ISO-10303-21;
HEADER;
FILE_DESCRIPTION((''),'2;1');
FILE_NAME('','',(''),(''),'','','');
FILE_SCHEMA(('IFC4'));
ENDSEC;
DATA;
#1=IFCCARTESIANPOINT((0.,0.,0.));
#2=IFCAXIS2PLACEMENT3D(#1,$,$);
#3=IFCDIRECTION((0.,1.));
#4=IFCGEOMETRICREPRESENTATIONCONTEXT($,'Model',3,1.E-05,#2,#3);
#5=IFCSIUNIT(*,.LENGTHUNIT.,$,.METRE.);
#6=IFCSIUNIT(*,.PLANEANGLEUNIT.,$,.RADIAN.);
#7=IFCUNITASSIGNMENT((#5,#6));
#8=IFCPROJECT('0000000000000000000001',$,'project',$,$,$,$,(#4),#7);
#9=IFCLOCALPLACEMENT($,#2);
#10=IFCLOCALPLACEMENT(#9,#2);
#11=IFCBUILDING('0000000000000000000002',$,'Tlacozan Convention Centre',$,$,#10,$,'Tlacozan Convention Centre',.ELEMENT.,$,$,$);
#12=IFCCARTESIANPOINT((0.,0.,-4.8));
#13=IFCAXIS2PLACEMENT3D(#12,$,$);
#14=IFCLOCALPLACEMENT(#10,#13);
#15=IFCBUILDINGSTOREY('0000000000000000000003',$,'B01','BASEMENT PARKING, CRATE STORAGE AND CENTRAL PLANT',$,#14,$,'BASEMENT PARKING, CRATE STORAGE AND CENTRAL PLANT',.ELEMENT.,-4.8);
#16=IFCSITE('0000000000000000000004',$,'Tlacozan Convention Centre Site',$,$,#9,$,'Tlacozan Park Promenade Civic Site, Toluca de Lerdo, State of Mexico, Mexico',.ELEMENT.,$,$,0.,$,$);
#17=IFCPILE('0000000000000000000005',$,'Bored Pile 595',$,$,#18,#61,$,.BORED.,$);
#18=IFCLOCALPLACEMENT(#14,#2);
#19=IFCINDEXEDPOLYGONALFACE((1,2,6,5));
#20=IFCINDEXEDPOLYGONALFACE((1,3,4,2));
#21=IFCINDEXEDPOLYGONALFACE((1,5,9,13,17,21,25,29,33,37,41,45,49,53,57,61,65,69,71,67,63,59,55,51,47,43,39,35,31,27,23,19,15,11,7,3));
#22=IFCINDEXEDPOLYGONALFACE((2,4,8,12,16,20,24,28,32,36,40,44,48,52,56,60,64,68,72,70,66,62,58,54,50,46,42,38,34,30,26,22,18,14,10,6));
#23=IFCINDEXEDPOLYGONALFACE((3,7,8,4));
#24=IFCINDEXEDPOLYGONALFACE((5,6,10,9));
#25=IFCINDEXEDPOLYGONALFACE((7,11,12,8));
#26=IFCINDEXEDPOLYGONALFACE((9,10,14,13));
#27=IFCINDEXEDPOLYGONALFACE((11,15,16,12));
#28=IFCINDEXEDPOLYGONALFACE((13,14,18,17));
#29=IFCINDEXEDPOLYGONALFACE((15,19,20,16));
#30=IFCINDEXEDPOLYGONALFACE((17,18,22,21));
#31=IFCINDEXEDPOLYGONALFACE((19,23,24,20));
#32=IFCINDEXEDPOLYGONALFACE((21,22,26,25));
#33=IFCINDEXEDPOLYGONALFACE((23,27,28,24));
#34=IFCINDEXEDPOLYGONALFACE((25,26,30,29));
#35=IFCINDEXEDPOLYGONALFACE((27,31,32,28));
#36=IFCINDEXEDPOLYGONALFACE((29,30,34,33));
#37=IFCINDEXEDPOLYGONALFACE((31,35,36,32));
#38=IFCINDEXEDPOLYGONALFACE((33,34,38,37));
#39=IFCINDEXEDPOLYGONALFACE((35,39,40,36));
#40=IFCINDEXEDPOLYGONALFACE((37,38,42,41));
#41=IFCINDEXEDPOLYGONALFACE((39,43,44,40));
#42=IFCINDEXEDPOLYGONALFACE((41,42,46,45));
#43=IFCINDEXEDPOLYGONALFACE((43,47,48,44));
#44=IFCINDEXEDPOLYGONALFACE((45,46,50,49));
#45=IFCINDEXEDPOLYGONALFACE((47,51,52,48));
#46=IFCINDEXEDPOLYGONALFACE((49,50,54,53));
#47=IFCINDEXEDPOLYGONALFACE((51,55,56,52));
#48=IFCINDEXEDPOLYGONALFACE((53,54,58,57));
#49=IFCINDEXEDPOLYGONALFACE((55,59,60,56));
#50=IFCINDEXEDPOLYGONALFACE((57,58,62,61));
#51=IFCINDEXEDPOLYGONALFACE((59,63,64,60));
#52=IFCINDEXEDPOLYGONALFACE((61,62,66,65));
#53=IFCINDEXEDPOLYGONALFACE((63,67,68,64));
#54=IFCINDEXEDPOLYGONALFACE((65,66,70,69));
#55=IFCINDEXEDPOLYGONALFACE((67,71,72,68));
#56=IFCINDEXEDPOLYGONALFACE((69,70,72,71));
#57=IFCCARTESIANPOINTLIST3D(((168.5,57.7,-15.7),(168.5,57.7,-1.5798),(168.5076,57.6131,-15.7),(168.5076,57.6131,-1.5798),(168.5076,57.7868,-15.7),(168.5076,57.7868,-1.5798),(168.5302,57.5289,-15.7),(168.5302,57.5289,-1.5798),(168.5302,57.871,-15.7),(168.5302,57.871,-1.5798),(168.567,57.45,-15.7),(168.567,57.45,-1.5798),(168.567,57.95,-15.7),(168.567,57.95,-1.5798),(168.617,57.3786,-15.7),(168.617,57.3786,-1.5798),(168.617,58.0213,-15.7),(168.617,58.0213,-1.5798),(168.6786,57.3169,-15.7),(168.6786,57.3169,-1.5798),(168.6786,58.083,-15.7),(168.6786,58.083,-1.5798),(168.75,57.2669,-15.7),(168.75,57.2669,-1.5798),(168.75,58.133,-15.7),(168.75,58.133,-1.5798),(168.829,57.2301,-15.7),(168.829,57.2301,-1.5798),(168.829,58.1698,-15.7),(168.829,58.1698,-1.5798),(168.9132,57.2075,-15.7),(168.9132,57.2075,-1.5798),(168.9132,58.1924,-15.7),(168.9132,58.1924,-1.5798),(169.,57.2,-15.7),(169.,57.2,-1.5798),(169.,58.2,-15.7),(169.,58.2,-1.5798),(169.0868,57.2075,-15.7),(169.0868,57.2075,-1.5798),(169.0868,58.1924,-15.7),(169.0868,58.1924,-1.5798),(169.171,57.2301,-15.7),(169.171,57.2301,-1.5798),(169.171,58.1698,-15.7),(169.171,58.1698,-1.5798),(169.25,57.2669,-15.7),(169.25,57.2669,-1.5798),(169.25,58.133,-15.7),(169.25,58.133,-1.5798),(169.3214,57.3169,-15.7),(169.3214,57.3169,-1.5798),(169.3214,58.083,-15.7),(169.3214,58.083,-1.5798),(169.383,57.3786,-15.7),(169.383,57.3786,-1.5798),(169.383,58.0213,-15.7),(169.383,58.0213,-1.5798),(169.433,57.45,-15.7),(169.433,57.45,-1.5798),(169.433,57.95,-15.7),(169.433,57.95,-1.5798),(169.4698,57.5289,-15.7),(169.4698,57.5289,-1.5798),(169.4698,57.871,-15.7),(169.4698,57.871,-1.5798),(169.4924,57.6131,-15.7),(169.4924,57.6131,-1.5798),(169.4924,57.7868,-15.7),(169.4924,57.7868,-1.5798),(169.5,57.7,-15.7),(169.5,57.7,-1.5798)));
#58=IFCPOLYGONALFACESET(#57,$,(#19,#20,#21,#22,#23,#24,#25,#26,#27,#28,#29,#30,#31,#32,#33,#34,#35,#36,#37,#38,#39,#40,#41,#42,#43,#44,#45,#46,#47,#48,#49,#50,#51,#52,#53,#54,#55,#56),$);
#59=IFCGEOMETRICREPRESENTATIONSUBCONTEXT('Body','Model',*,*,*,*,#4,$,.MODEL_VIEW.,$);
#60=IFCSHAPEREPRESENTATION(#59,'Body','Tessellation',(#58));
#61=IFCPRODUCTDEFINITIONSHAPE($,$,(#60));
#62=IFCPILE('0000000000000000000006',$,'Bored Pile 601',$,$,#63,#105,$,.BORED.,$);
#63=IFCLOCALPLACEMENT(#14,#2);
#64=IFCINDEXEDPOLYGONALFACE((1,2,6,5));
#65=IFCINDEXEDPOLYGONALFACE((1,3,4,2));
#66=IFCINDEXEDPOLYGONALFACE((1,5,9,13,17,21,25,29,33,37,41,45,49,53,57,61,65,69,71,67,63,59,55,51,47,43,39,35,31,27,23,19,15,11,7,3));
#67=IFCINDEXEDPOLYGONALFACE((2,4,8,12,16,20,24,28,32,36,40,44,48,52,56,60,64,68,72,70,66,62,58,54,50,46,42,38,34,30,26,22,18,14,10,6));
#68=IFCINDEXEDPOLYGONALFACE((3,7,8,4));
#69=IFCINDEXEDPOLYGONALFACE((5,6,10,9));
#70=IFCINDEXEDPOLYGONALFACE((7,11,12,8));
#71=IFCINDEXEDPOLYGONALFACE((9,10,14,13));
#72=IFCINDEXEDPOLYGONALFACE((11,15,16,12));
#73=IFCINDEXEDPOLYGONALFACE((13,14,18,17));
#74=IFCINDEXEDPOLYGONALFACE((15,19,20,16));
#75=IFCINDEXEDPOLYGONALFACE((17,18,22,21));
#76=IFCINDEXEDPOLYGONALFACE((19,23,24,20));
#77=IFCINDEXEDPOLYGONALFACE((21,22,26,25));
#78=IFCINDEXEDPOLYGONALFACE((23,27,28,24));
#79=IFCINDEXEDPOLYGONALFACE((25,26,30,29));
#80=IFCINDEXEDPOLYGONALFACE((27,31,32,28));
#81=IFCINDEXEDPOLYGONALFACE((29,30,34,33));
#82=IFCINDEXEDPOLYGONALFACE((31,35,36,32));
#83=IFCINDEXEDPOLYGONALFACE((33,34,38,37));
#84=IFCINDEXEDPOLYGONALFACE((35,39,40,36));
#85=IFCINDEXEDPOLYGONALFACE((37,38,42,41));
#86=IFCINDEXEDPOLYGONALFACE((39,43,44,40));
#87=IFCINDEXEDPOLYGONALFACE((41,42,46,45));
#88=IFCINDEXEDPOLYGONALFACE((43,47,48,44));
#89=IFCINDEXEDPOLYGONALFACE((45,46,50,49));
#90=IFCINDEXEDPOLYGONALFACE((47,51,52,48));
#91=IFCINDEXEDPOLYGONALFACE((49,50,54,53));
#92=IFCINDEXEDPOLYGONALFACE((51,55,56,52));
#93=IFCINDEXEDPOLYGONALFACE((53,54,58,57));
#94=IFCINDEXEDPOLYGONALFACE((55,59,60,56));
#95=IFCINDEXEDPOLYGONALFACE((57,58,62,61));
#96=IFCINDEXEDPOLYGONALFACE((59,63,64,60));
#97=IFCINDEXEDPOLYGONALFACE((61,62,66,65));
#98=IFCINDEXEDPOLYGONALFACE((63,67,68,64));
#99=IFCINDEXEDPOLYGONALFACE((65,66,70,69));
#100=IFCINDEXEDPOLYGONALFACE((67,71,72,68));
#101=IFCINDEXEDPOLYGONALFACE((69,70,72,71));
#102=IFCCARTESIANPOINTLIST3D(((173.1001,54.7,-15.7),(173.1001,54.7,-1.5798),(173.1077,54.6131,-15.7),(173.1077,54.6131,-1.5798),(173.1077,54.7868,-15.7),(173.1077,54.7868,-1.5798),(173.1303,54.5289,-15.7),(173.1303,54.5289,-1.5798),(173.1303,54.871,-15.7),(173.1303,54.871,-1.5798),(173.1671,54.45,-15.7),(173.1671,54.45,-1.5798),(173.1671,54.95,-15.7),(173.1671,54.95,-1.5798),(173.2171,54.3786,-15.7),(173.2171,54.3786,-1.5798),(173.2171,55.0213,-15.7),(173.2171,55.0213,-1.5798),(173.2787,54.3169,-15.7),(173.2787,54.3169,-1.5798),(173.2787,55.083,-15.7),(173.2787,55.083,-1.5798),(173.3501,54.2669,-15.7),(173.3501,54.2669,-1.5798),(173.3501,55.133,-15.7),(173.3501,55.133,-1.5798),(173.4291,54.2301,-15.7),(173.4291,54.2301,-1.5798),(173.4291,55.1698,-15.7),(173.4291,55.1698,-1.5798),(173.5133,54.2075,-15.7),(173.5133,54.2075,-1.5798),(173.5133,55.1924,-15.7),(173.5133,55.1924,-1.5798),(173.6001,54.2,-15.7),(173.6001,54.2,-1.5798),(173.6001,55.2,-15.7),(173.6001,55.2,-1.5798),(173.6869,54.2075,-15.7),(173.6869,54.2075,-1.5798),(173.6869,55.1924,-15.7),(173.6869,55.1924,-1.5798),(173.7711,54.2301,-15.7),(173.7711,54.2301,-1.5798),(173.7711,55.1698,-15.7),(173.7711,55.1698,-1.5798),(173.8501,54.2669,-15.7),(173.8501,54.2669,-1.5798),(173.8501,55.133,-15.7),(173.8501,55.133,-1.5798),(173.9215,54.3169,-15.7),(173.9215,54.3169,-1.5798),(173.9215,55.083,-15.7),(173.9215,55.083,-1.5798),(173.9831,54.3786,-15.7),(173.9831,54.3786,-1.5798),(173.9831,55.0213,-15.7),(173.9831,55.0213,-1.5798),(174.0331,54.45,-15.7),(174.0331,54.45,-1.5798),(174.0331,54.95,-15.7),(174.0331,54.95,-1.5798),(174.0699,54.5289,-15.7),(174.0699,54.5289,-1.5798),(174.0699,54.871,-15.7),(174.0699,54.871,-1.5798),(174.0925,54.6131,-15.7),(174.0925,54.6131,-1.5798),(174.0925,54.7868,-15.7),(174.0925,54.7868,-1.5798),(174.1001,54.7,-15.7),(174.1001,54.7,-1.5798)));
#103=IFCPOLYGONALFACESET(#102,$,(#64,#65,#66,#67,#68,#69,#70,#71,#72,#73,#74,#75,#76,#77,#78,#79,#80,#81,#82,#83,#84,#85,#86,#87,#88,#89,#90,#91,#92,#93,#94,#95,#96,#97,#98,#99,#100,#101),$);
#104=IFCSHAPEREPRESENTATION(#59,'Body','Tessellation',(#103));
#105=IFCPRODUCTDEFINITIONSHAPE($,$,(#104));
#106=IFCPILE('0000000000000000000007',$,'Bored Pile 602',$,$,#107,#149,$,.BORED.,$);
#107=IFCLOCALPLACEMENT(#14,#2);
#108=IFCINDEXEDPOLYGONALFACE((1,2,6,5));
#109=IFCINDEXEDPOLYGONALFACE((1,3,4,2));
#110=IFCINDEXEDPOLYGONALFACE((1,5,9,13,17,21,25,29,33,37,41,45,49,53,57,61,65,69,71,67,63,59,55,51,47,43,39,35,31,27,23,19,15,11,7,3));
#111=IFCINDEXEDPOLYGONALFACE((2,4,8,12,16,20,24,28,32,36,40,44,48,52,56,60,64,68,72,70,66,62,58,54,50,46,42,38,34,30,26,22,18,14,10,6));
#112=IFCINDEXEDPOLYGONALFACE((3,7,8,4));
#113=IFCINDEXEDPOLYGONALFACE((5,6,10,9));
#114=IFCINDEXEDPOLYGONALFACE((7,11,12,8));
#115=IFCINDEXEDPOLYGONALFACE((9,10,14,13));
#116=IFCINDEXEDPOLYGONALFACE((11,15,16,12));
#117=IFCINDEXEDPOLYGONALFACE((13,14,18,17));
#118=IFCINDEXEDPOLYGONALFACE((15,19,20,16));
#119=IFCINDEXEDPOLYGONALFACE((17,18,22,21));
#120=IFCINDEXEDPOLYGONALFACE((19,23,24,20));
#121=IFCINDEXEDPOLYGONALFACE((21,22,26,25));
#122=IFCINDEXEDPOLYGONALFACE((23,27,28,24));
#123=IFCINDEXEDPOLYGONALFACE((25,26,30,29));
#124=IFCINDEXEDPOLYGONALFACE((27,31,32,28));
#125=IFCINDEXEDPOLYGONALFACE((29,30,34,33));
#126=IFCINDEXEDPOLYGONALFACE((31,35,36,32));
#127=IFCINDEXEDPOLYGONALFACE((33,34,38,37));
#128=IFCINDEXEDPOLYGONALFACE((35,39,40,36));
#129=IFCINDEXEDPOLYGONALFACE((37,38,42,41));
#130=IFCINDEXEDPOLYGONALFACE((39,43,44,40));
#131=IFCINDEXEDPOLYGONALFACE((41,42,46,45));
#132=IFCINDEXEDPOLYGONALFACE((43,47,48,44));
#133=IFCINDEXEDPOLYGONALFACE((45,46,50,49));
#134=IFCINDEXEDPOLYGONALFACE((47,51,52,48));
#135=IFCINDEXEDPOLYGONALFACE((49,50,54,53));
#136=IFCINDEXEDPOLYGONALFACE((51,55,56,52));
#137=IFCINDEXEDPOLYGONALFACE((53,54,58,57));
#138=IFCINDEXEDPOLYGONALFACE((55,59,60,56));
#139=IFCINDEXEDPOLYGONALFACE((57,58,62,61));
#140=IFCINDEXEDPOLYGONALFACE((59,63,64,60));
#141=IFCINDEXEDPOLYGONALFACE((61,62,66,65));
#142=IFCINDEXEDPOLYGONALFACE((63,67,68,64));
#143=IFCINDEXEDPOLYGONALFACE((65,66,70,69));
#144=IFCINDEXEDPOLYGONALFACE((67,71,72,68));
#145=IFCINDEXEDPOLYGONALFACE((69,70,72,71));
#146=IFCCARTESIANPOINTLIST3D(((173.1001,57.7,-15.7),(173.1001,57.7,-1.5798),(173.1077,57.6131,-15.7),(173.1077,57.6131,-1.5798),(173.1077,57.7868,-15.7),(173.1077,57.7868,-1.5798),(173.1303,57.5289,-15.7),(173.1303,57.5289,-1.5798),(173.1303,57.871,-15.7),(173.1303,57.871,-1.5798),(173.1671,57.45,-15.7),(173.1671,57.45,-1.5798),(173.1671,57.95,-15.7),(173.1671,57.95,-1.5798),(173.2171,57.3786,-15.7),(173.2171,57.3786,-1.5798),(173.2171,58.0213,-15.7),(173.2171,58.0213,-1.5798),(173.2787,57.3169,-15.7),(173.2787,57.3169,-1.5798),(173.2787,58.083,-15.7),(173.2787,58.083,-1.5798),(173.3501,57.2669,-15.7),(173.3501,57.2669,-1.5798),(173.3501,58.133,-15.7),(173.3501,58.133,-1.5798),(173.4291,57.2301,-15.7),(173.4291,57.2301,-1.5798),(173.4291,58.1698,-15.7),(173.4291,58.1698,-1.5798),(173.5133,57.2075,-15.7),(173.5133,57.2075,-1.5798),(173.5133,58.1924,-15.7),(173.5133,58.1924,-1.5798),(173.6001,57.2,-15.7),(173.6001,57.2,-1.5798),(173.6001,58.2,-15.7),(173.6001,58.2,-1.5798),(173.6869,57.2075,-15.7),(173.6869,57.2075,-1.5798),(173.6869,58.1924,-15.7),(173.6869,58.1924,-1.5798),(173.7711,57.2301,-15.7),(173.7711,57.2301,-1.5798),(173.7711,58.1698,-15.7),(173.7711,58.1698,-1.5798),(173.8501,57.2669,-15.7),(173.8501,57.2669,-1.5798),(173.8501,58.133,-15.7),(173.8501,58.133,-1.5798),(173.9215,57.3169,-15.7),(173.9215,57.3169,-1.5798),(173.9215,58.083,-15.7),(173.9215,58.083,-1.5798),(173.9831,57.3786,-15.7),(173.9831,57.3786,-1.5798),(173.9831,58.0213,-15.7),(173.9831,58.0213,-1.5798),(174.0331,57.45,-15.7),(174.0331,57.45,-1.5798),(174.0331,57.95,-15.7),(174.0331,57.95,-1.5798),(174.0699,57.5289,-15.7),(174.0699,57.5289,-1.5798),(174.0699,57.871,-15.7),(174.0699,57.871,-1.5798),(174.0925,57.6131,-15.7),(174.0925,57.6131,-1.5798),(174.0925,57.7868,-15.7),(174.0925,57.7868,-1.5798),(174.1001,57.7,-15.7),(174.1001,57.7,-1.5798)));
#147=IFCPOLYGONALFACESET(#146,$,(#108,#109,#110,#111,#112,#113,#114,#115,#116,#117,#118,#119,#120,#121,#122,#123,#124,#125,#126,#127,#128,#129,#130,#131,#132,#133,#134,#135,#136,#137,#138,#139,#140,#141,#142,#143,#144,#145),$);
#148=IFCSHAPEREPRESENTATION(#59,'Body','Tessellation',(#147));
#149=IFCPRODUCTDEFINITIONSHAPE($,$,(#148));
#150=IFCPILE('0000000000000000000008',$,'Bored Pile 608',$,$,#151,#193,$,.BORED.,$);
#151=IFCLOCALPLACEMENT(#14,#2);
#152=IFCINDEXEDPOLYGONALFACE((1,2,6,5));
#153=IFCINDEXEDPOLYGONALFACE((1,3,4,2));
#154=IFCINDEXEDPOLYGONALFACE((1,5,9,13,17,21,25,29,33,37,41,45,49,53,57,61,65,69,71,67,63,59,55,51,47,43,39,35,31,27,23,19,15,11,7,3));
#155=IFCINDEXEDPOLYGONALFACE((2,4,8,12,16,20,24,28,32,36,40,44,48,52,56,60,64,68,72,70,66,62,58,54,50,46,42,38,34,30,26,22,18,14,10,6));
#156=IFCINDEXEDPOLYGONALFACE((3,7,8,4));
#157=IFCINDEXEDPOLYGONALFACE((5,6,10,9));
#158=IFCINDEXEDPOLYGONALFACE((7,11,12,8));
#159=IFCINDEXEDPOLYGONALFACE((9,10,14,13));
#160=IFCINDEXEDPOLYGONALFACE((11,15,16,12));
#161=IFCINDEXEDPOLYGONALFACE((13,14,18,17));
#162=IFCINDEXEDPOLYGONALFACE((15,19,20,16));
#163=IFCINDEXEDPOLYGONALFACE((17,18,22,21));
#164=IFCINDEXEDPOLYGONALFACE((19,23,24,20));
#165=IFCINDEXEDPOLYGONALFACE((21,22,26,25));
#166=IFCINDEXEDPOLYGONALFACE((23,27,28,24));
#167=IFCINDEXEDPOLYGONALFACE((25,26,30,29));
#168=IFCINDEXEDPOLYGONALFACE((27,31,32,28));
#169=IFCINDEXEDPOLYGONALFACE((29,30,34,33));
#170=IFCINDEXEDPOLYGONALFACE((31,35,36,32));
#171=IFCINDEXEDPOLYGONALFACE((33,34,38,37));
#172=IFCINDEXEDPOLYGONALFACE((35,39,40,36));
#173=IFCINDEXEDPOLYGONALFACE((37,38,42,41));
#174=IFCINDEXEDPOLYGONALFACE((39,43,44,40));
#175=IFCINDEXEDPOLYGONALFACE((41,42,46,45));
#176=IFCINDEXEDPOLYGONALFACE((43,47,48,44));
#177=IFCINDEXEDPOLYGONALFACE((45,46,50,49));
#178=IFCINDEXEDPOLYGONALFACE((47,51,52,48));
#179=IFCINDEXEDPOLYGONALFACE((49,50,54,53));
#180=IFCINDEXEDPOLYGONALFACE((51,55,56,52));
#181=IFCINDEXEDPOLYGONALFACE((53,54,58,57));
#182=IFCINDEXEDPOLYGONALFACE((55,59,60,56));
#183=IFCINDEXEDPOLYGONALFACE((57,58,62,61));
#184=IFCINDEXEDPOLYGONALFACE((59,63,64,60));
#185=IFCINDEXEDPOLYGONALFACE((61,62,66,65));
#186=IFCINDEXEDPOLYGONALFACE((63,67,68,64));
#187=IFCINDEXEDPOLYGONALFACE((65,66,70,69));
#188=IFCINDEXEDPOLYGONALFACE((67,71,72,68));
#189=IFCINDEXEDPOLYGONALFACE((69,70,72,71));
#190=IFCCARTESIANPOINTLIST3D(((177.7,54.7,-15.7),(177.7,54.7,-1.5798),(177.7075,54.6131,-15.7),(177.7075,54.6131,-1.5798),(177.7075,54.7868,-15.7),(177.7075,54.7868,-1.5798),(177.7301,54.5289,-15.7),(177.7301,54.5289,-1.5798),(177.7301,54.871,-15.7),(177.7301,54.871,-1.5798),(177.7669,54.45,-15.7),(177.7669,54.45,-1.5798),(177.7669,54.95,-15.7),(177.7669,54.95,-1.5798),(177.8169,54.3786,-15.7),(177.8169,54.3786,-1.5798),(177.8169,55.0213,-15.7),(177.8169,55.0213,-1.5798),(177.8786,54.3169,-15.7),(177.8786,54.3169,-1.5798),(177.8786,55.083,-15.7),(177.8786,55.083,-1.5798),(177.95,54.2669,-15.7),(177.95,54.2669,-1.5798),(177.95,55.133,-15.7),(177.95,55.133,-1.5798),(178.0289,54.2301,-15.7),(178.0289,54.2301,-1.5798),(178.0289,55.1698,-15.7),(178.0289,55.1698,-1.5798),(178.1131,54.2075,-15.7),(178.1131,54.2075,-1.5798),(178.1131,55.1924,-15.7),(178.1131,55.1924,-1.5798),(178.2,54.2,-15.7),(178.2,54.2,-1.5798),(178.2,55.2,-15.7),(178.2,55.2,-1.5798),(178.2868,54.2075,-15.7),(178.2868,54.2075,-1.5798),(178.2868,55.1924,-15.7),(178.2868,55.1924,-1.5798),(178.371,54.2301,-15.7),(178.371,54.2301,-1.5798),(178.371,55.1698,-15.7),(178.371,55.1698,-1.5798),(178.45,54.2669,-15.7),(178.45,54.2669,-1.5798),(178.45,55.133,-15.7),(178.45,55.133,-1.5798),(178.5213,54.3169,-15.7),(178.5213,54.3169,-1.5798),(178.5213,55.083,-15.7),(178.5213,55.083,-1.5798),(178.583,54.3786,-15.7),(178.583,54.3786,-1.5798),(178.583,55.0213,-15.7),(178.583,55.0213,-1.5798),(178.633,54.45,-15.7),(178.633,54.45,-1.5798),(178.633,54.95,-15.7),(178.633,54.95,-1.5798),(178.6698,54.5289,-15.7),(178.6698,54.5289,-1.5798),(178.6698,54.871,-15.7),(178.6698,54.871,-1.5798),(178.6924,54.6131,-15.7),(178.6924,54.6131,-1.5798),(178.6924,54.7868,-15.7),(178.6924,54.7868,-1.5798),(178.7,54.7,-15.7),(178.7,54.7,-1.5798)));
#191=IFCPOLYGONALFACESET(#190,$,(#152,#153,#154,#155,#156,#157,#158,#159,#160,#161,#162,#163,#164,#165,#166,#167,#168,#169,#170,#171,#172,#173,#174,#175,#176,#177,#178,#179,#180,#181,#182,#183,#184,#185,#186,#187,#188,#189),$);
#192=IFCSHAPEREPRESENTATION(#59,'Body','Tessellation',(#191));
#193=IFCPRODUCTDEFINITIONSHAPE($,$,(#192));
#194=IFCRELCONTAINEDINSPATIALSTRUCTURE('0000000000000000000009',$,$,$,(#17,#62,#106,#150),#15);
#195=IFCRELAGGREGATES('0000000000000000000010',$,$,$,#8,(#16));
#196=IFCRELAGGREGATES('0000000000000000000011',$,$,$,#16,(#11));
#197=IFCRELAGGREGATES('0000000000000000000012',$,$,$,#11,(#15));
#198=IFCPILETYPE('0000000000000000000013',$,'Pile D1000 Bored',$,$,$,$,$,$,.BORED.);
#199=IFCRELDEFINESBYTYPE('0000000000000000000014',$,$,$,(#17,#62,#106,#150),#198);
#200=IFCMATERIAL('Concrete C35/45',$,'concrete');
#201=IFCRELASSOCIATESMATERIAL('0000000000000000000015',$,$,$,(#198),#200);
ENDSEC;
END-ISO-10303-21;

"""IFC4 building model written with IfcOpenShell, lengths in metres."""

from ifc_helpers import new_model, si_unit, direction, frame, origin, origin_2d, place, context, subcontext, project, spatial, circle, extrude, material, material_profile, profile_set, type_object, element, save


model = new_model("IFC4")

# Units and contexts
model_context = context("Model", 3, precision=1e-05, world=origin(), true_north=direction((0.0, 1.0)))
body_context = subcontext(model_context, "Body", "Model", "MODEL_VIEW")
ifc_project = project(units=[si_unit("LENGTHUNIT", "METRE"), si_unit("PLANEANGLEUNIT", "RADIAN")], contexts=[model_context])

# Site, building, storey
site_placement = place(None, origin())
site = spatial("IfcSite", under=ifc_project, at=site_placement, Name="Tlacozan Convention Centre Site", LongName="Tlacozan Park Promenade Civic Site, Toluca de Lerdo, State of Mexico, Mexico", CompositionType="ELEMENT", RefElevation=0.0)
building_placement = place(site_placement, origin())
building = spatial("IfcBuilding", under=site, at=building_placement, Name="Tlacozan Convention Centre", LongName="Tlacozan Convention Centre", CompositionType="ELEMENT")
storey_placement = place(building_placement, frame((0.0, 0.0, -4.8)))
storey = spatial("IfcBuildingStorey", under=building, at=storey_placement, Name="B01", Description="BASEMENT PARKING, CRATE STORAGE AND CENTRAL PLANT", LongName="BASEMENT PARKING, CRATE STORAGE AND CENTRAL PLANT", CompositionType="ELEMENT", Elevation=-4.8)

# Shared definitions
ifc_material_1 = material(Name="Concrete C35/45", Category="concrete")

# Piles
ifc_material_profile_1 = material_profile(ifc_material_1, circle(Radius=0.5, at=origin_2d()), Name="PILE D1000")
ifc_profile_set_1 = profile_set([ifc_material_profile_1], Name="Concrete C35/45")
pile_type_1 = type_object("IfcPileType", Name="Pile D1000 Bored", PredefinedType="BORED", material=ifc_profile_set_1)
for number, where, z_axis, x_axis, name in (
    (1, (169.0, 57.7, -1.5798), (0.0, 0.0, -1.0), (1.0, 0.0, 0.0), "Bored Pile 595"),
    (2, (173.6001, 54.7, -1.5798), (0.0, 0.0, -1.0), (1.0, 0.0, 0.0), "Bored Pile 601"),
    (3, (173.6001, 57.7, -1.5798), (0.0, 0.0, -1.0), (1.0, 0.0, 0.0), "Bored Pile 602"),
    (4, (178.2, 54.7, -1.5798), (0.0, 0.0, -1.0), (1.0, 0.0, 0.0), "Bored Pile 608"),
):
    element("IfcPile", number, at=place(storey_placement, frame(where, z_axis=z_axis, x_axis=x_axis)), inside=storey, type_object=pile_type_1, Name=name, PredefinedType="BORED", context=body_context, shape_type="SweptSolid", body=[
        extrude(circle(Radius=0.5, at=origin_2d()), origin(), (0.0, 0.0, 1.0), 14.1201),
    ])

save(model, "model.ifc")
